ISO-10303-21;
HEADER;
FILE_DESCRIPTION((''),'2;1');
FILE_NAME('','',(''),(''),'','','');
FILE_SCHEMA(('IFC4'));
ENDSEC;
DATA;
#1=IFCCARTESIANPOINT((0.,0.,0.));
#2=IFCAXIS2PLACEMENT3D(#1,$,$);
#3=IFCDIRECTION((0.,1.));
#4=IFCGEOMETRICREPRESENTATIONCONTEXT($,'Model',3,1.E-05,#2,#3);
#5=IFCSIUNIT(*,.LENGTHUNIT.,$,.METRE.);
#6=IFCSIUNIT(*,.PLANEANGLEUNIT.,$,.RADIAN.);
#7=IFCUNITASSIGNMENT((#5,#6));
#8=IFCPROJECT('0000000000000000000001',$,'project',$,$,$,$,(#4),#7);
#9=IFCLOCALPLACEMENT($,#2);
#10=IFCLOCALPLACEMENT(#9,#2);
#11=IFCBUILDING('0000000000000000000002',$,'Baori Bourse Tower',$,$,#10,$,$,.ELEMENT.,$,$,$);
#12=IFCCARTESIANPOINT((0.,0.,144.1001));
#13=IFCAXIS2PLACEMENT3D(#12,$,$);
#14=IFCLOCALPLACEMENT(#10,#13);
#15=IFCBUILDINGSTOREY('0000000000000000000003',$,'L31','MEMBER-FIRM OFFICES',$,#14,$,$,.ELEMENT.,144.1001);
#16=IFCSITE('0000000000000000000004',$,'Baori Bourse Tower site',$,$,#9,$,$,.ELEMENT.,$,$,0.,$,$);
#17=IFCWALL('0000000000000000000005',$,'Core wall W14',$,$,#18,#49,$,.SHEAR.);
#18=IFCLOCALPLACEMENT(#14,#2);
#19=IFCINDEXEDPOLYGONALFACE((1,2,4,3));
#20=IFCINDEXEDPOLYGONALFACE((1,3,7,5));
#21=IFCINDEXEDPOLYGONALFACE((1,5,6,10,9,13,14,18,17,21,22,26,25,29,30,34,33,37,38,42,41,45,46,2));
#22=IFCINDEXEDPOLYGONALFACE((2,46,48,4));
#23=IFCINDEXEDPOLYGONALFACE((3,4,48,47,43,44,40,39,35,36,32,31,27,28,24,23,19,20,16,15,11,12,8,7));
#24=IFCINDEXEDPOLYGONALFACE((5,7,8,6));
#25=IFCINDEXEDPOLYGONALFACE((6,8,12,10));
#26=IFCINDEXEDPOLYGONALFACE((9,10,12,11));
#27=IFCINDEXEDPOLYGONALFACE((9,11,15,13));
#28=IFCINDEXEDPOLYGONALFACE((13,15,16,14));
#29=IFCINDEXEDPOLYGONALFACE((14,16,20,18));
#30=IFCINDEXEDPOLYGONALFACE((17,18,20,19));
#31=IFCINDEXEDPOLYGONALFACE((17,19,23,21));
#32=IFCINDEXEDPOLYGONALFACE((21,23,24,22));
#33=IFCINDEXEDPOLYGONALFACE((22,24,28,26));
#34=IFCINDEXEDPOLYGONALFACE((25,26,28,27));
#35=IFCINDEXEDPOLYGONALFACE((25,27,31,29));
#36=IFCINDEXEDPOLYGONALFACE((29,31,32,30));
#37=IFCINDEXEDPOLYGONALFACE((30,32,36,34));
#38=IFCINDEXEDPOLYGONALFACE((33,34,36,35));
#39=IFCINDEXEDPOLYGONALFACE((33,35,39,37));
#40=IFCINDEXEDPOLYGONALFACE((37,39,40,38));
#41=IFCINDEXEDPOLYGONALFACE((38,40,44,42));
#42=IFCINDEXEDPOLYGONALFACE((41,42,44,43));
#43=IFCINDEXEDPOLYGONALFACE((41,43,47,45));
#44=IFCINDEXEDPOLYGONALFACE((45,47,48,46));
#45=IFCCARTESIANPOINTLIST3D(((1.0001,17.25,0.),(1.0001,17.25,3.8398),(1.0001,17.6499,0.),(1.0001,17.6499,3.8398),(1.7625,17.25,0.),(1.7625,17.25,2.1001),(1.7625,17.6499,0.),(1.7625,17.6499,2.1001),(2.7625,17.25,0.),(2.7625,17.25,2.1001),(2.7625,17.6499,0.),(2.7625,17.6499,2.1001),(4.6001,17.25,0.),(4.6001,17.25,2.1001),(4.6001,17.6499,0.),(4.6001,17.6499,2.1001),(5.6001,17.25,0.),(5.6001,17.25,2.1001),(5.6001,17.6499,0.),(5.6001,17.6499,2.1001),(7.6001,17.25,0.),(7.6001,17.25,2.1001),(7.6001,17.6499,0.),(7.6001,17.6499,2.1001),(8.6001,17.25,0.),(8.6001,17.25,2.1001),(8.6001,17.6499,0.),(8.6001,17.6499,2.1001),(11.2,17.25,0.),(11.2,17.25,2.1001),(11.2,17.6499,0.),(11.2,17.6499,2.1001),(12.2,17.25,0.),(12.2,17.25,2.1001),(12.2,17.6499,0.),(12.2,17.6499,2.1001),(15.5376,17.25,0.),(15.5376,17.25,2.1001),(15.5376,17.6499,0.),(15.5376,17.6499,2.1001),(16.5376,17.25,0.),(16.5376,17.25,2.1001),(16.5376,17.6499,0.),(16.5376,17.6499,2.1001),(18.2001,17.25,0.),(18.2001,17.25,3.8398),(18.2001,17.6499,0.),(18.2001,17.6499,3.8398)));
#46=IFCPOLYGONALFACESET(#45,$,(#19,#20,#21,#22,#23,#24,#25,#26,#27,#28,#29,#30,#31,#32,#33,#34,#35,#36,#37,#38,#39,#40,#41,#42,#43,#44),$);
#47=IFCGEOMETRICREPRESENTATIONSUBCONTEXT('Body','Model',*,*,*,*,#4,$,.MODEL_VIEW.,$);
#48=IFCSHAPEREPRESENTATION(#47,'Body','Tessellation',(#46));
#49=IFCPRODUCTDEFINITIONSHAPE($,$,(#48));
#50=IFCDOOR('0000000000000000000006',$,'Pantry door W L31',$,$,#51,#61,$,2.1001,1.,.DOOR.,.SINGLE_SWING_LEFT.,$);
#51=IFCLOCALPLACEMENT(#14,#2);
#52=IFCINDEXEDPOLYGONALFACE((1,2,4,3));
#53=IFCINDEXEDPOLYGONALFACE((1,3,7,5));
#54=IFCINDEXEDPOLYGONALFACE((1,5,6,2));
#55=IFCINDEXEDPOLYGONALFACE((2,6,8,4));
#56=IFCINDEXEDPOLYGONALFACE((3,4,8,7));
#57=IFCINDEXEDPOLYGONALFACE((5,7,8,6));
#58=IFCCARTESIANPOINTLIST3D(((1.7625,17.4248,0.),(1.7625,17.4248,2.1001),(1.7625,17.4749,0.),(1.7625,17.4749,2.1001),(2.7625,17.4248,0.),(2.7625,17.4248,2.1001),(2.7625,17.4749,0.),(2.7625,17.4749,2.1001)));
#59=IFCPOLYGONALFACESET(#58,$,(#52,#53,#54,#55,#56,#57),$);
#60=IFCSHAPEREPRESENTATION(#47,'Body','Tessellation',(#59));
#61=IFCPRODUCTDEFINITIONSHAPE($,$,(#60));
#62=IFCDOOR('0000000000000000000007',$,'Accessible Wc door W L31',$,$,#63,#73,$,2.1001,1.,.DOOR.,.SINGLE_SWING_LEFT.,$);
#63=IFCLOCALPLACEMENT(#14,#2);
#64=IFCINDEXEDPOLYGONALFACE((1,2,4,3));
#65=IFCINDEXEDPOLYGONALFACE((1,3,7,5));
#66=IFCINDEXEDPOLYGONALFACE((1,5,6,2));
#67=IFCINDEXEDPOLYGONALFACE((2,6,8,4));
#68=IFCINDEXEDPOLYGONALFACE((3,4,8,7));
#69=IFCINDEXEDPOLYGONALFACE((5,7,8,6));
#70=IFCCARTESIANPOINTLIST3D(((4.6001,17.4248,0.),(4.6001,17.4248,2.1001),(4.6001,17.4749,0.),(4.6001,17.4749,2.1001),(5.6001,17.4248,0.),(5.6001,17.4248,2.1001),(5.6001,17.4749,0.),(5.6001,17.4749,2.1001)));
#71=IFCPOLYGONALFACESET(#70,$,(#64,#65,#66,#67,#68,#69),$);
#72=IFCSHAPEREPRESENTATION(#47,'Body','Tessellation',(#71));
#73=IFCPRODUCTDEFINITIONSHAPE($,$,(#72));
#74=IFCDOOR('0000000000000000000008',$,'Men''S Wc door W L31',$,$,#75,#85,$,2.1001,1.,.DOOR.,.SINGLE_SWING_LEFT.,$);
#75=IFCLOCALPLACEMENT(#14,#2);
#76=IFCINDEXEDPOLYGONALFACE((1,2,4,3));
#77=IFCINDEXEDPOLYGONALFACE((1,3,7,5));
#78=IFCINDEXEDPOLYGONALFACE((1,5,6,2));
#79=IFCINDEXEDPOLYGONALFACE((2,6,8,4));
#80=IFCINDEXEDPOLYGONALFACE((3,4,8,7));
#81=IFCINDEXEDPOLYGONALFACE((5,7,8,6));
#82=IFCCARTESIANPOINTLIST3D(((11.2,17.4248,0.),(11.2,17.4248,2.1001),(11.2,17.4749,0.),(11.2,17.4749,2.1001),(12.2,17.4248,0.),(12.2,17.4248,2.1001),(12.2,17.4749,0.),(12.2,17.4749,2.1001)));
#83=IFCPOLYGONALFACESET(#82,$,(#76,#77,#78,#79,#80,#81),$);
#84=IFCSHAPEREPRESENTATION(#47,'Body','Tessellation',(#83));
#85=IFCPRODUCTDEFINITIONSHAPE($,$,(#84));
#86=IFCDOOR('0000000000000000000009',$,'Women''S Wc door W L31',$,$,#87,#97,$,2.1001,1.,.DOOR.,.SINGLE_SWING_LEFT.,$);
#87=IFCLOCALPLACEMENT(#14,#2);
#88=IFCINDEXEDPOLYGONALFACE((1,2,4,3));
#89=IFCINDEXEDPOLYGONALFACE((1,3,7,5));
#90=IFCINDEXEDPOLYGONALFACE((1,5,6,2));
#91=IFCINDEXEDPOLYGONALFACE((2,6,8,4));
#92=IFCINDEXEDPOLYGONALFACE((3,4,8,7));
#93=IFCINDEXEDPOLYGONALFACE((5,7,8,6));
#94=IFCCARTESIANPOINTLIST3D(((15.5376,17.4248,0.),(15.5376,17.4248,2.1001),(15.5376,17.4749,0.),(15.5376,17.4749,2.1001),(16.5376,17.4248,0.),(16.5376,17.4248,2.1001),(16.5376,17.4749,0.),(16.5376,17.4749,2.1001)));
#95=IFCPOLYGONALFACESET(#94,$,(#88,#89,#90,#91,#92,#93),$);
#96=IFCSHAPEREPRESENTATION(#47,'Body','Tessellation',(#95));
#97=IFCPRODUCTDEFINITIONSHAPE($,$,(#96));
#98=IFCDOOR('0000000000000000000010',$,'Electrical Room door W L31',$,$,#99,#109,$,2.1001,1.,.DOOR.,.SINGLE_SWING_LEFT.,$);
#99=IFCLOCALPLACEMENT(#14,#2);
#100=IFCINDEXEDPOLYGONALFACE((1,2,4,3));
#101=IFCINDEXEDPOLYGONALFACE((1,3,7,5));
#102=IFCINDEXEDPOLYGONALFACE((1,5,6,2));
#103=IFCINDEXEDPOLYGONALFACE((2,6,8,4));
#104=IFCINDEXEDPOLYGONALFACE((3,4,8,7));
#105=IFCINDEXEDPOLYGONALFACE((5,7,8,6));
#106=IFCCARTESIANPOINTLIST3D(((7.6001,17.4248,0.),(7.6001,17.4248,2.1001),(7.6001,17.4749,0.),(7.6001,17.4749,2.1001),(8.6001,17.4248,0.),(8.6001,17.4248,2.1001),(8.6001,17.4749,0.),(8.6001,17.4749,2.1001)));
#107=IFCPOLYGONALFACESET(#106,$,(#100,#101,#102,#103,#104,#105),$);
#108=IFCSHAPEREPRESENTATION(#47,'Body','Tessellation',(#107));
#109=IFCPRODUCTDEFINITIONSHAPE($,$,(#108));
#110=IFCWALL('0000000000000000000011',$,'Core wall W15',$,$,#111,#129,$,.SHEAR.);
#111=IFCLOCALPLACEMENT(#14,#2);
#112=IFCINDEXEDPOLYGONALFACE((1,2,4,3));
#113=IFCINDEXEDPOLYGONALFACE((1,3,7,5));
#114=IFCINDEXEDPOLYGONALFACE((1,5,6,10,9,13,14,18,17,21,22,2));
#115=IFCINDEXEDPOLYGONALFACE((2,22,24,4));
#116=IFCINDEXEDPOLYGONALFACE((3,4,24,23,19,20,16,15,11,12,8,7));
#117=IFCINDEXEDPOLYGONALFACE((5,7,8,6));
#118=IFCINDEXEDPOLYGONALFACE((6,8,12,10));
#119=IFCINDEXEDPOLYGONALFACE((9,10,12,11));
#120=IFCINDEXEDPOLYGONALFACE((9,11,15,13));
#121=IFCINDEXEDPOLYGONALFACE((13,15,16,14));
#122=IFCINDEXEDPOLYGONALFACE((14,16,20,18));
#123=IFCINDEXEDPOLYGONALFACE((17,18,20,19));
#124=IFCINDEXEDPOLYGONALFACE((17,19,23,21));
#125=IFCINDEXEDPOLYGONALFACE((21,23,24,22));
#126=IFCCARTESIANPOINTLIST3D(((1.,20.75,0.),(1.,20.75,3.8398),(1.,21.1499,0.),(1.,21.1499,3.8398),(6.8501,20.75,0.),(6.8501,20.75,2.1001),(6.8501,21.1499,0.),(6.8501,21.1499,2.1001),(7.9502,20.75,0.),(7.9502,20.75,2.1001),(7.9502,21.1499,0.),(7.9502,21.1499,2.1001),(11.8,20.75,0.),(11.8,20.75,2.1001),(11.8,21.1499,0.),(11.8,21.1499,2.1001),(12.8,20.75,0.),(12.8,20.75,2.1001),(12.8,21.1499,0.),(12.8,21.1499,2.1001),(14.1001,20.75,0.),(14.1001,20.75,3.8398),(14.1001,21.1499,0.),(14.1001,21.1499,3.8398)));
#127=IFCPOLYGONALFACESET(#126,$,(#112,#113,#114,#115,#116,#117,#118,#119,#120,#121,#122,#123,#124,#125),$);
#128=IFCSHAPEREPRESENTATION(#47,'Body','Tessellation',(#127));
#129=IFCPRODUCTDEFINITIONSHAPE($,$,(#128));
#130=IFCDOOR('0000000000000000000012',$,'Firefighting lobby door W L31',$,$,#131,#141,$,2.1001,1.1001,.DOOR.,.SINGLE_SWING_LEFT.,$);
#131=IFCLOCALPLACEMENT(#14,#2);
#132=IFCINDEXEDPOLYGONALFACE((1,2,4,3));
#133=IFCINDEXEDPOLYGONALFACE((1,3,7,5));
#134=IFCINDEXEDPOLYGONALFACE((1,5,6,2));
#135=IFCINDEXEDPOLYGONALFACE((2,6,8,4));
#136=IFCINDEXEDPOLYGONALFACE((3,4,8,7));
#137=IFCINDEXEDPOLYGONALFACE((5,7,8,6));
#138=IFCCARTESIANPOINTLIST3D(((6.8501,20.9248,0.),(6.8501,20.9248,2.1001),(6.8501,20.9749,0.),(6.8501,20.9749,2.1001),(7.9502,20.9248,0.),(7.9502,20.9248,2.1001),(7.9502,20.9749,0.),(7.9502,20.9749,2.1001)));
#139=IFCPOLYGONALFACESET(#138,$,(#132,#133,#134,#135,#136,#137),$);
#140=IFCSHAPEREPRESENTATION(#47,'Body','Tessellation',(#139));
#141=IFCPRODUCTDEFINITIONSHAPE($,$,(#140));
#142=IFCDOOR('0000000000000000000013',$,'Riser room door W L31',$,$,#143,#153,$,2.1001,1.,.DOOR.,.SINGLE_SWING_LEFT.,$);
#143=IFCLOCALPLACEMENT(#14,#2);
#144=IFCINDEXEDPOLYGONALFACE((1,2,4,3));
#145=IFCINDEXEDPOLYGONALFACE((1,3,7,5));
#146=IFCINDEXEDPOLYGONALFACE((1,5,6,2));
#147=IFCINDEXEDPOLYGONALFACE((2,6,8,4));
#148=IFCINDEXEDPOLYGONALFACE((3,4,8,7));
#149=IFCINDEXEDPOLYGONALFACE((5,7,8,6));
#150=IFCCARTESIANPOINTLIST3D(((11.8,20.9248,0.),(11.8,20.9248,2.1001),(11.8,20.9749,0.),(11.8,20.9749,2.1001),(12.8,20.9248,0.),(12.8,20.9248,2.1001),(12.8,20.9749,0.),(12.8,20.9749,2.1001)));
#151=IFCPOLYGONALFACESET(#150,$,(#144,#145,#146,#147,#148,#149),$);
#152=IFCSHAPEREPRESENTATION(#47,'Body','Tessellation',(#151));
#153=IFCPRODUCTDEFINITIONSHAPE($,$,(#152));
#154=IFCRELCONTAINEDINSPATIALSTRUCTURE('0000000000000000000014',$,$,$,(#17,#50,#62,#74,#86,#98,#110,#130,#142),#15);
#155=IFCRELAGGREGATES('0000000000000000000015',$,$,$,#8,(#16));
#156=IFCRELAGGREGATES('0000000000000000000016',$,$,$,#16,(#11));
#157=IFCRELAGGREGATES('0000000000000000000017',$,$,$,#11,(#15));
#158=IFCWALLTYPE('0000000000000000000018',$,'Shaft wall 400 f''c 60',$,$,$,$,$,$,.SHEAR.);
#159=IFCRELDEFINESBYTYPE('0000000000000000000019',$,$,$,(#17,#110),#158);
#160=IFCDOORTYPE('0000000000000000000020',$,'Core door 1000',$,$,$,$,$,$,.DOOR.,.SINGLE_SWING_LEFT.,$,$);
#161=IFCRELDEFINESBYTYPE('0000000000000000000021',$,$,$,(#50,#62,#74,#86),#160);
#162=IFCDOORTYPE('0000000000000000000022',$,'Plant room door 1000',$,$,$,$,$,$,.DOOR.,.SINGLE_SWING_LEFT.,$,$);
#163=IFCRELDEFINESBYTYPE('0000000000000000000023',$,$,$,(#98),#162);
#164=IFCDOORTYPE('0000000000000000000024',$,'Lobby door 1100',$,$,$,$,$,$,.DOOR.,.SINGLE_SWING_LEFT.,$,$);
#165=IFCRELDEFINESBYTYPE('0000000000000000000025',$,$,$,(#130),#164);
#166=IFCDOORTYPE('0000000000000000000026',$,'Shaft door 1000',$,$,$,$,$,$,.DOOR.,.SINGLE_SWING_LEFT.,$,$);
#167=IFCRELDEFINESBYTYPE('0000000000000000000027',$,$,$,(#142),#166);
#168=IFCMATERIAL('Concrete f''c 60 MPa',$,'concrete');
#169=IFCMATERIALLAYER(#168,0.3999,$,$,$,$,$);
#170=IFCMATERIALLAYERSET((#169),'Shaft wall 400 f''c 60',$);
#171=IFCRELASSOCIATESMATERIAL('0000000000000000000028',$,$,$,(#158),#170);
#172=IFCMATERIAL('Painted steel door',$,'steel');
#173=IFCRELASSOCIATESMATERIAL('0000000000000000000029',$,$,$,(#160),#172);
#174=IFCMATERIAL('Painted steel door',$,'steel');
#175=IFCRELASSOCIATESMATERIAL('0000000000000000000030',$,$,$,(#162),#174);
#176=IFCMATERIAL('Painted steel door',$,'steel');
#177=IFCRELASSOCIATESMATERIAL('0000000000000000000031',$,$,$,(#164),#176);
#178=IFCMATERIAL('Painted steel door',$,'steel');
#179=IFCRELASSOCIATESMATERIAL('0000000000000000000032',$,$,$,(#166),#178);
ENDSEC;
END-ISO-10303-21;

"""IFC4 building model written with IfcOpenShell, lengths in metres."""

from ifc_helpers import new_model, si_unit, direction, frame, frame_2d, origin, place, context, subcontext, project, spatial, rectangle, extrude, material, layer, layer_set, type_object, element, fill, save


model = new_model("IFC4")

# Units and contexts
model_context = context("Model", 3, precision=1e-05, world=origin(), true_north=direction((0.0, 1.0)))
body_context = subcontext(model_context, "Body", "Model", "MODEL_VIEW")
ifc_project = project(units=[si_unit("LENGTHUNIT", "METRE"), si_unit("PLANEANGLEUNIT", "RADIAN")], contexts=[model_context])

# Site, building, storey
site_placement = place(None, origin())
site = spatial("IfcSite", under=ifc_project, at=site_placement, Name="Baori Bourse Tower site", CompositionType="ELEMENT", RefElevation=0.0)
building_placement = place(site_placement, origin())
building = spatial("IfcBuilding", under=site, at=building_placement, Name="Baori Bourse Tower", CompositionType="ELEMENT")
storey_placement = place(building_placement, frame((0.0, 0.0, 144.1001)))
storey = spatial("IfcBuildingStorey", under=building, at=storey_placement, Name="L31", Description="MEMBER-FIRM OFFICES", CompositionType="ELEMENT", Elevation=144.1001)

# Shared definitions
ifc_material_1 = material(Name="Concrete f'c 60 MPa", Category="concrete")
ifc_layer_1 = layer(ifc_material_1, 0.3999)
ifc_layer_set_1 = layer_set([ifc_layer_1], Name="Shaft wall 400 f'c 60")
wall_type_1 = type_object("IfcWallType", Name="Shaft wall 400 f'c 60", PredefinedType="SHEAR", material=ifc_layer_set_1)

# Walls, openings, doors
wall_1_placement = place(storey_placement, frame((1.0, 17.45, 0.0), z_axis=(0.0, 0.0, 1.0), x_axis=(1.0, 0.0, 0.0)))
wall_1 = element("IfcWall", 1, at=wall_1_placement, inside=storey, type_object=wall_type_1, Name="Core wall W14", PredefinedType="SHEAR", context=body_context, shape_type="SweptSolid", body=[
    extrude(rectangle(XDim=17.2, YDim=0.3999, at=frame_2d((8.6001, 0.0))), origin(), (0.0, 0.0, 1.0), 3.8398),
])
opening_1_placement = place(wall_1_placement, frame((0.7625, 0.0, 0.0)))
opening_1 = element("IfcOpeningElement", 2, at=opening_1_placement, cuts=wall_1, PredefinedType="OPENING", context=body_context, shape_type="SweptSolid", body=[
    extrude(rectangle(XDim=1.0, YDim=2.1001, at=frame_2d((0.5, 1.05))), frame((0.0, 0.21, 0.0), z_axis=(0.0, -1.0, 0.0), x_axis=(1.0, 0.0, 0.0)), (0.0, 0.0, 1.0), 0.4199),
])
opening_2_placement = place(wall_1_placement, frame((3.6001, 0.0, 0.0)))
opening_2 = element("IfcOpeningElement", 3, at=opening_2_placement, cuts=wall_1, PredefinedType="OPENING", context=body_context, shape_type="SweptSolid", body=[
    extrude(rectangle(XDim=1.0, YDim=2.1001, at=frame_2d((0.5, 1.05))), frame((0.0, 0.21, 0.0), z_axis=(0.0, -1.0, 0.0), x_axis=(1.0, 0.0, 0.0)), (0.0, 0.0, 1.0), 0.4199),
])
opening_3_placement = place(wall_1_placement, frame((6.6001, 0.0, 0.0)))
opening_3 = element("IfcOpeningElement", 4, at=opening_3_placement, cuts=wall_1, PredefinedType="OPENING", context=body_context, shape_type="SweptSolid", body=[
    extrude(rectangle(XDim=1.0, YDim=2.1001, at=frame_2d((0.5, 1.05))), frame((0.0, 0.21, 0.0), z_axis=(0.0, -1.0, 0.0), x_axis=(1.0, 0.0, 0.0)), (0.0, 0.0, 1.0), 0.4199),
])
opening_4_placement = place(wall_1_placement, frame((10.2, 0.0, 0.0)))
opening_4 = element("IfcOpeningElement", 5, at=opening_4_placement, cuts=wall_1, PredefinedType="OPENING", context=body_context, shape_type="SweptSolid", body=[
    extrude(rectangle(XDim=1.0, YDim=2.1001, at=frame_2d((0.5, 1.05))), frame((0.0, 0.21, 0.0), z_axis=(0.0, -1.0, 0.0), x_axis=(1.0, 0.0, 0.0)), (0.0, 0.0, 1.0), 0.4199),
])
opening_5_placement = place(wall_1_placement, frame((14.5376, 0.0, 0.0)))
opening_5 = element("IfcOpeningElement", 6, at=opening_5_placement, cuts=wall_1, PredefinedType="OPENING", context=body_context, shape_type="SweptSolid", body=[
    extrude(rectangle(XDim=1.0, YDim=2.1001, at=frame_2d((0.5, 1.05))), frame((0.0, 0.21, 0.0), z_axis=(0.0, -1.0, 0.0), x_axis=(1.0, 0.0, 0.0)), (0.0, 0.0, 1.0), 0.4199),
])
ifc_material_2 = material(Name="Painted steel door", Category="steel")
door_type_1 = type_object("IfcDoorType", Name="Core door 1000", OperationType="SINGLE_SWING_LEFT", PredefinedType="DOOR", material=ifc_material_2)
door_1_placement = place(opening_1_placement, origin())
door_1 = element("IfcDoor", 7, at=door_1_placement, inside=storey, type_object=door_type_1, Name="Pantry door W L31", OperationType="SINGLE_SWING_LEFT", OverallHeight=2.1001, OverallWidth=1.0, PredefinedType="DOOR", context=body_context, shape_type="SweptSolid", body=[
    extrude(rectangle(XDim=1.0, YDim=2.1001, at=frame_2d((0.5, 1.05))), frame((0.0, 0.0249, 0.0), z_axis=(0.0, -1.0, 0.0), x_axis=(1.0, 0.0, 0.0)), (0.0, 0.0, 1.0), 0.05),
])
fill(opening_1, door_1)
door_2_placement = place(opening_2_placement, origin())
door_2 = element("IfcDoor", 8, at=door_2_placement, inside=storey, type_object=door_type_1, Name="Accessible Wc door W L31", OperationType="SINGLE_SWING_LEFT", OverallHeight=2.1001, OverallWidth=1.0, PredefinedType="DOOR", context=body_context, shape_type="SweptSolid", body=[
    extrude(rectangle(XDim=1.0, YDim=2.1001, at=frame_2d((0.5, 1.05))), frame((0.0, 0.0249, 0.0), z_axis=(0.0, -1.0, 0.0), x_axis=(1.0, 0.0, 0.0)), (0.0, 0.0, 1.0), 0.05),
])
fill(opening_2, door_2)
door_3_placement = place(opening_4_placement, origin())
door_3 = element("IfcDoor", 9, at=door_3_placement, inside=storey, type_object=door_type_1, Name="Men'S Wc door W L31", OperationType="SINGLE_SWING_LEFT", OverallHeight=2.1001, OverallWidth=1.0, PredefinedType="DOOR", context=body_context, shape_type="SweptSolid", body=[
    extrude(rectangle(XDim=1.0, YDim=2.1001, at=frame_2d((0.5, 1.05))), frame((0.0, 0.0249, 0.0), z_axis=(0.0, -1.0, 0.0), x_axis=(1.0, 0.0, 0.0)), (0.0, 0.0, 1.0), 0.05),
])
fill(opening_4, door_3)
door_4_placement = place(opening_5_placement, origin())
door_4 = element("IfcDoor", 10, at=door_4_placement, inside=storey, type_object=door_type_1, Name="Women'S Wc door W L31", OperationType="SINGLE_SWING_LEFT", OverallHeight=2.1001, OverallWidth=1.0, PredefinedType="DOOR", context=body_context, shape_type="SweptSolid", body=[
    extrude(rectangle(XDim=1.0, YDim=2.1001, at=frame_2d((0.5, 1.05))), frame((0.0, 0.0249, 0.0), z_axis=(0.0, -1.0, 0.0), x_axis=(1.0, 0.0, 0.0)), (0.0, 0.0, 1.0), 0.05),
])
fill(opening_5, door_4)
ifc_material_3 = material(Name="Painted steel door", Category="steel")
door_type_2 = type_object("IfcDoorType", Name="Plant room door 1000", OperationType="SINGLE_SWING_LEFT", PredefinedType="DOOR", material=ifc_material_3)
door_5_placement = place(opening_3_placement, origin())
door_5 = element("IfcDoor", 11, at=door_5_placement, inside=storey, type_object=door_type_2, Name="Electrical Room door W L31", OperationType="SINGLE_SWING_LEFT", OverallHeight=2.1001, OverallWidth=1.0, PredefinedType="DOOR", context=body_context, shape_type="SweptSolid", body=[
    extrude(rectangle(XDim=1.0, YDim=2.1001, at=frame_2d((0.5, 1.05))), frame((0.0, 0.0249, 0.0), z_axis=(0.0, -1.0, 0.0), x_axis=(1.0, 0.0, 0.0)), (0.0, 0.0, 1.0), 0.05),
])
fill(opening_3, door_5)
wall_2_placement = place(storey_placement, frame((1.0, 20.95, 0.0), z_axis=(0.0, 0.0, 1.0), x_axis=(1.0, 0.0, 0.0)))
wall_2 = element("IfcWall", 12, at=wall_2_placement, inside=storey, type_object=wall_type_1, Name="Core wall W15", PredefinedType="SHEAR", context=body_context, shape_type="SweptSolid", body=[
    extrude(rectangle(XDim=13.1001, YDim=0.3999, at=frame_2d((6.55, 0.0))), origin(), (0.0, 0.0, 1.0), 3.8398),
])
opening_6_placement = place(wall_2_placement, frame((5.8501, 0.0, 0.0)))
opening_6 = element("IfcOpeningElement", 13, at=opening_6_placement, cuts=wall_2, PredefinedType="OPENING", context=body_context, shape_type="SweptSolid", body=[
    extrude(rectangle(XDim=1.1001, YDim=2.1001, at=frame_2d((0.55, 1.05))), frame((0.0, 0.21, 0.0), z_axis=(0.0, -1.0, 0.0), x_axis=(1.0, 0.0, 0.0)), (0.0, 0.0, 1.0), 0.4199),
])
opening_7_placement = place(wall_2_placement, frame((10.8, 0.0, 0.0)))
opening_7 = element("IfcOpeningElement", 14, at=opening_7_placement, cuts=wall_2, PredefinedType="OPENING", context=body_context, shape_type="SweptSolid", body=[
    extrude(rectangle(XDim=1.0, YDim=2.1001, at=frame_2d((0.5, 1.05))), frame((0.0, 0.21, 0.0), z_axis=(0.0, -1.0, 0.0), x_axis=(1.0, 0.0, 0.0)), (0.0, 0.0, 1.0), 0.4199),
])
ifc_material_4 = material(Name="Painted steel door", Category="steel")
door_type_3 = type_object("IfcDoorType", Name="Lobby door 1100", OperationType="SINGLE_SWING_LEFT", PredefinedType="DOOR", material=ifc_material_4)
door_6_placement = place(opening_6_placement, origin())
door_6 = element("IfcDoor", 15, at=door_6_placement, inside=storey, type_object=door_type_3, Name="Firefighting lobby door W L31", OperationType="SINGLE_SWING_LEFT", OverallHeight=2.1001, OverallWidth=1.1001, PredefinedType="DOOR", context=body_context, shape_type="SweptSolid", body=[
    extrude(rectangle(XDim=1.1001, YDim=2.1001, at=frame_2d((0.55, 1.05))), frame((0.0, 0.0249, 0.0), z_axis=(0.0, -1.0, 0.0), x_axis=(1.0, 0.0, 0.0)), (0.0, 0.0, 1.0), 0.05),
])
fill(opening_6, door_6)
ifc_material_5 = material(Name="Painted steel door", Category="steel")
door_type_4 = type_object("IfcDoorType", Name="Shaft door 1000", OperationType="SINGLE_SWING_LEFT", PredefinedType="DOOR", material=ifc_material_5)
door_7_placement = place(opening_7_placement, origin())
door_7 = element("IfcDoor", 16, at=door_7_placement, inside=storey, type_object=door_type_4, Name="Riser room door W L31", OperationType="SINGLE_SWING_LEFT", OverallHeight=2.1001, OverallWidth=1.0, PredefinedType="DOOR", context=body_context, shape_type="SweptSolid", body=[
    extrude(rectangle(XDim=1.0, YDim=2.1001, at=frame_2d((0.5, 1.05))), frame((0.0, 0.0249, 0.0), z_axis=(0.0, -1.0, 0.0), x_axis=(1.0, 0.0, 0.0)), (0.0, 0.0, 1.0), 0.05),
])
fill(opening_7, door_7)

save(model, "model.ifc")
